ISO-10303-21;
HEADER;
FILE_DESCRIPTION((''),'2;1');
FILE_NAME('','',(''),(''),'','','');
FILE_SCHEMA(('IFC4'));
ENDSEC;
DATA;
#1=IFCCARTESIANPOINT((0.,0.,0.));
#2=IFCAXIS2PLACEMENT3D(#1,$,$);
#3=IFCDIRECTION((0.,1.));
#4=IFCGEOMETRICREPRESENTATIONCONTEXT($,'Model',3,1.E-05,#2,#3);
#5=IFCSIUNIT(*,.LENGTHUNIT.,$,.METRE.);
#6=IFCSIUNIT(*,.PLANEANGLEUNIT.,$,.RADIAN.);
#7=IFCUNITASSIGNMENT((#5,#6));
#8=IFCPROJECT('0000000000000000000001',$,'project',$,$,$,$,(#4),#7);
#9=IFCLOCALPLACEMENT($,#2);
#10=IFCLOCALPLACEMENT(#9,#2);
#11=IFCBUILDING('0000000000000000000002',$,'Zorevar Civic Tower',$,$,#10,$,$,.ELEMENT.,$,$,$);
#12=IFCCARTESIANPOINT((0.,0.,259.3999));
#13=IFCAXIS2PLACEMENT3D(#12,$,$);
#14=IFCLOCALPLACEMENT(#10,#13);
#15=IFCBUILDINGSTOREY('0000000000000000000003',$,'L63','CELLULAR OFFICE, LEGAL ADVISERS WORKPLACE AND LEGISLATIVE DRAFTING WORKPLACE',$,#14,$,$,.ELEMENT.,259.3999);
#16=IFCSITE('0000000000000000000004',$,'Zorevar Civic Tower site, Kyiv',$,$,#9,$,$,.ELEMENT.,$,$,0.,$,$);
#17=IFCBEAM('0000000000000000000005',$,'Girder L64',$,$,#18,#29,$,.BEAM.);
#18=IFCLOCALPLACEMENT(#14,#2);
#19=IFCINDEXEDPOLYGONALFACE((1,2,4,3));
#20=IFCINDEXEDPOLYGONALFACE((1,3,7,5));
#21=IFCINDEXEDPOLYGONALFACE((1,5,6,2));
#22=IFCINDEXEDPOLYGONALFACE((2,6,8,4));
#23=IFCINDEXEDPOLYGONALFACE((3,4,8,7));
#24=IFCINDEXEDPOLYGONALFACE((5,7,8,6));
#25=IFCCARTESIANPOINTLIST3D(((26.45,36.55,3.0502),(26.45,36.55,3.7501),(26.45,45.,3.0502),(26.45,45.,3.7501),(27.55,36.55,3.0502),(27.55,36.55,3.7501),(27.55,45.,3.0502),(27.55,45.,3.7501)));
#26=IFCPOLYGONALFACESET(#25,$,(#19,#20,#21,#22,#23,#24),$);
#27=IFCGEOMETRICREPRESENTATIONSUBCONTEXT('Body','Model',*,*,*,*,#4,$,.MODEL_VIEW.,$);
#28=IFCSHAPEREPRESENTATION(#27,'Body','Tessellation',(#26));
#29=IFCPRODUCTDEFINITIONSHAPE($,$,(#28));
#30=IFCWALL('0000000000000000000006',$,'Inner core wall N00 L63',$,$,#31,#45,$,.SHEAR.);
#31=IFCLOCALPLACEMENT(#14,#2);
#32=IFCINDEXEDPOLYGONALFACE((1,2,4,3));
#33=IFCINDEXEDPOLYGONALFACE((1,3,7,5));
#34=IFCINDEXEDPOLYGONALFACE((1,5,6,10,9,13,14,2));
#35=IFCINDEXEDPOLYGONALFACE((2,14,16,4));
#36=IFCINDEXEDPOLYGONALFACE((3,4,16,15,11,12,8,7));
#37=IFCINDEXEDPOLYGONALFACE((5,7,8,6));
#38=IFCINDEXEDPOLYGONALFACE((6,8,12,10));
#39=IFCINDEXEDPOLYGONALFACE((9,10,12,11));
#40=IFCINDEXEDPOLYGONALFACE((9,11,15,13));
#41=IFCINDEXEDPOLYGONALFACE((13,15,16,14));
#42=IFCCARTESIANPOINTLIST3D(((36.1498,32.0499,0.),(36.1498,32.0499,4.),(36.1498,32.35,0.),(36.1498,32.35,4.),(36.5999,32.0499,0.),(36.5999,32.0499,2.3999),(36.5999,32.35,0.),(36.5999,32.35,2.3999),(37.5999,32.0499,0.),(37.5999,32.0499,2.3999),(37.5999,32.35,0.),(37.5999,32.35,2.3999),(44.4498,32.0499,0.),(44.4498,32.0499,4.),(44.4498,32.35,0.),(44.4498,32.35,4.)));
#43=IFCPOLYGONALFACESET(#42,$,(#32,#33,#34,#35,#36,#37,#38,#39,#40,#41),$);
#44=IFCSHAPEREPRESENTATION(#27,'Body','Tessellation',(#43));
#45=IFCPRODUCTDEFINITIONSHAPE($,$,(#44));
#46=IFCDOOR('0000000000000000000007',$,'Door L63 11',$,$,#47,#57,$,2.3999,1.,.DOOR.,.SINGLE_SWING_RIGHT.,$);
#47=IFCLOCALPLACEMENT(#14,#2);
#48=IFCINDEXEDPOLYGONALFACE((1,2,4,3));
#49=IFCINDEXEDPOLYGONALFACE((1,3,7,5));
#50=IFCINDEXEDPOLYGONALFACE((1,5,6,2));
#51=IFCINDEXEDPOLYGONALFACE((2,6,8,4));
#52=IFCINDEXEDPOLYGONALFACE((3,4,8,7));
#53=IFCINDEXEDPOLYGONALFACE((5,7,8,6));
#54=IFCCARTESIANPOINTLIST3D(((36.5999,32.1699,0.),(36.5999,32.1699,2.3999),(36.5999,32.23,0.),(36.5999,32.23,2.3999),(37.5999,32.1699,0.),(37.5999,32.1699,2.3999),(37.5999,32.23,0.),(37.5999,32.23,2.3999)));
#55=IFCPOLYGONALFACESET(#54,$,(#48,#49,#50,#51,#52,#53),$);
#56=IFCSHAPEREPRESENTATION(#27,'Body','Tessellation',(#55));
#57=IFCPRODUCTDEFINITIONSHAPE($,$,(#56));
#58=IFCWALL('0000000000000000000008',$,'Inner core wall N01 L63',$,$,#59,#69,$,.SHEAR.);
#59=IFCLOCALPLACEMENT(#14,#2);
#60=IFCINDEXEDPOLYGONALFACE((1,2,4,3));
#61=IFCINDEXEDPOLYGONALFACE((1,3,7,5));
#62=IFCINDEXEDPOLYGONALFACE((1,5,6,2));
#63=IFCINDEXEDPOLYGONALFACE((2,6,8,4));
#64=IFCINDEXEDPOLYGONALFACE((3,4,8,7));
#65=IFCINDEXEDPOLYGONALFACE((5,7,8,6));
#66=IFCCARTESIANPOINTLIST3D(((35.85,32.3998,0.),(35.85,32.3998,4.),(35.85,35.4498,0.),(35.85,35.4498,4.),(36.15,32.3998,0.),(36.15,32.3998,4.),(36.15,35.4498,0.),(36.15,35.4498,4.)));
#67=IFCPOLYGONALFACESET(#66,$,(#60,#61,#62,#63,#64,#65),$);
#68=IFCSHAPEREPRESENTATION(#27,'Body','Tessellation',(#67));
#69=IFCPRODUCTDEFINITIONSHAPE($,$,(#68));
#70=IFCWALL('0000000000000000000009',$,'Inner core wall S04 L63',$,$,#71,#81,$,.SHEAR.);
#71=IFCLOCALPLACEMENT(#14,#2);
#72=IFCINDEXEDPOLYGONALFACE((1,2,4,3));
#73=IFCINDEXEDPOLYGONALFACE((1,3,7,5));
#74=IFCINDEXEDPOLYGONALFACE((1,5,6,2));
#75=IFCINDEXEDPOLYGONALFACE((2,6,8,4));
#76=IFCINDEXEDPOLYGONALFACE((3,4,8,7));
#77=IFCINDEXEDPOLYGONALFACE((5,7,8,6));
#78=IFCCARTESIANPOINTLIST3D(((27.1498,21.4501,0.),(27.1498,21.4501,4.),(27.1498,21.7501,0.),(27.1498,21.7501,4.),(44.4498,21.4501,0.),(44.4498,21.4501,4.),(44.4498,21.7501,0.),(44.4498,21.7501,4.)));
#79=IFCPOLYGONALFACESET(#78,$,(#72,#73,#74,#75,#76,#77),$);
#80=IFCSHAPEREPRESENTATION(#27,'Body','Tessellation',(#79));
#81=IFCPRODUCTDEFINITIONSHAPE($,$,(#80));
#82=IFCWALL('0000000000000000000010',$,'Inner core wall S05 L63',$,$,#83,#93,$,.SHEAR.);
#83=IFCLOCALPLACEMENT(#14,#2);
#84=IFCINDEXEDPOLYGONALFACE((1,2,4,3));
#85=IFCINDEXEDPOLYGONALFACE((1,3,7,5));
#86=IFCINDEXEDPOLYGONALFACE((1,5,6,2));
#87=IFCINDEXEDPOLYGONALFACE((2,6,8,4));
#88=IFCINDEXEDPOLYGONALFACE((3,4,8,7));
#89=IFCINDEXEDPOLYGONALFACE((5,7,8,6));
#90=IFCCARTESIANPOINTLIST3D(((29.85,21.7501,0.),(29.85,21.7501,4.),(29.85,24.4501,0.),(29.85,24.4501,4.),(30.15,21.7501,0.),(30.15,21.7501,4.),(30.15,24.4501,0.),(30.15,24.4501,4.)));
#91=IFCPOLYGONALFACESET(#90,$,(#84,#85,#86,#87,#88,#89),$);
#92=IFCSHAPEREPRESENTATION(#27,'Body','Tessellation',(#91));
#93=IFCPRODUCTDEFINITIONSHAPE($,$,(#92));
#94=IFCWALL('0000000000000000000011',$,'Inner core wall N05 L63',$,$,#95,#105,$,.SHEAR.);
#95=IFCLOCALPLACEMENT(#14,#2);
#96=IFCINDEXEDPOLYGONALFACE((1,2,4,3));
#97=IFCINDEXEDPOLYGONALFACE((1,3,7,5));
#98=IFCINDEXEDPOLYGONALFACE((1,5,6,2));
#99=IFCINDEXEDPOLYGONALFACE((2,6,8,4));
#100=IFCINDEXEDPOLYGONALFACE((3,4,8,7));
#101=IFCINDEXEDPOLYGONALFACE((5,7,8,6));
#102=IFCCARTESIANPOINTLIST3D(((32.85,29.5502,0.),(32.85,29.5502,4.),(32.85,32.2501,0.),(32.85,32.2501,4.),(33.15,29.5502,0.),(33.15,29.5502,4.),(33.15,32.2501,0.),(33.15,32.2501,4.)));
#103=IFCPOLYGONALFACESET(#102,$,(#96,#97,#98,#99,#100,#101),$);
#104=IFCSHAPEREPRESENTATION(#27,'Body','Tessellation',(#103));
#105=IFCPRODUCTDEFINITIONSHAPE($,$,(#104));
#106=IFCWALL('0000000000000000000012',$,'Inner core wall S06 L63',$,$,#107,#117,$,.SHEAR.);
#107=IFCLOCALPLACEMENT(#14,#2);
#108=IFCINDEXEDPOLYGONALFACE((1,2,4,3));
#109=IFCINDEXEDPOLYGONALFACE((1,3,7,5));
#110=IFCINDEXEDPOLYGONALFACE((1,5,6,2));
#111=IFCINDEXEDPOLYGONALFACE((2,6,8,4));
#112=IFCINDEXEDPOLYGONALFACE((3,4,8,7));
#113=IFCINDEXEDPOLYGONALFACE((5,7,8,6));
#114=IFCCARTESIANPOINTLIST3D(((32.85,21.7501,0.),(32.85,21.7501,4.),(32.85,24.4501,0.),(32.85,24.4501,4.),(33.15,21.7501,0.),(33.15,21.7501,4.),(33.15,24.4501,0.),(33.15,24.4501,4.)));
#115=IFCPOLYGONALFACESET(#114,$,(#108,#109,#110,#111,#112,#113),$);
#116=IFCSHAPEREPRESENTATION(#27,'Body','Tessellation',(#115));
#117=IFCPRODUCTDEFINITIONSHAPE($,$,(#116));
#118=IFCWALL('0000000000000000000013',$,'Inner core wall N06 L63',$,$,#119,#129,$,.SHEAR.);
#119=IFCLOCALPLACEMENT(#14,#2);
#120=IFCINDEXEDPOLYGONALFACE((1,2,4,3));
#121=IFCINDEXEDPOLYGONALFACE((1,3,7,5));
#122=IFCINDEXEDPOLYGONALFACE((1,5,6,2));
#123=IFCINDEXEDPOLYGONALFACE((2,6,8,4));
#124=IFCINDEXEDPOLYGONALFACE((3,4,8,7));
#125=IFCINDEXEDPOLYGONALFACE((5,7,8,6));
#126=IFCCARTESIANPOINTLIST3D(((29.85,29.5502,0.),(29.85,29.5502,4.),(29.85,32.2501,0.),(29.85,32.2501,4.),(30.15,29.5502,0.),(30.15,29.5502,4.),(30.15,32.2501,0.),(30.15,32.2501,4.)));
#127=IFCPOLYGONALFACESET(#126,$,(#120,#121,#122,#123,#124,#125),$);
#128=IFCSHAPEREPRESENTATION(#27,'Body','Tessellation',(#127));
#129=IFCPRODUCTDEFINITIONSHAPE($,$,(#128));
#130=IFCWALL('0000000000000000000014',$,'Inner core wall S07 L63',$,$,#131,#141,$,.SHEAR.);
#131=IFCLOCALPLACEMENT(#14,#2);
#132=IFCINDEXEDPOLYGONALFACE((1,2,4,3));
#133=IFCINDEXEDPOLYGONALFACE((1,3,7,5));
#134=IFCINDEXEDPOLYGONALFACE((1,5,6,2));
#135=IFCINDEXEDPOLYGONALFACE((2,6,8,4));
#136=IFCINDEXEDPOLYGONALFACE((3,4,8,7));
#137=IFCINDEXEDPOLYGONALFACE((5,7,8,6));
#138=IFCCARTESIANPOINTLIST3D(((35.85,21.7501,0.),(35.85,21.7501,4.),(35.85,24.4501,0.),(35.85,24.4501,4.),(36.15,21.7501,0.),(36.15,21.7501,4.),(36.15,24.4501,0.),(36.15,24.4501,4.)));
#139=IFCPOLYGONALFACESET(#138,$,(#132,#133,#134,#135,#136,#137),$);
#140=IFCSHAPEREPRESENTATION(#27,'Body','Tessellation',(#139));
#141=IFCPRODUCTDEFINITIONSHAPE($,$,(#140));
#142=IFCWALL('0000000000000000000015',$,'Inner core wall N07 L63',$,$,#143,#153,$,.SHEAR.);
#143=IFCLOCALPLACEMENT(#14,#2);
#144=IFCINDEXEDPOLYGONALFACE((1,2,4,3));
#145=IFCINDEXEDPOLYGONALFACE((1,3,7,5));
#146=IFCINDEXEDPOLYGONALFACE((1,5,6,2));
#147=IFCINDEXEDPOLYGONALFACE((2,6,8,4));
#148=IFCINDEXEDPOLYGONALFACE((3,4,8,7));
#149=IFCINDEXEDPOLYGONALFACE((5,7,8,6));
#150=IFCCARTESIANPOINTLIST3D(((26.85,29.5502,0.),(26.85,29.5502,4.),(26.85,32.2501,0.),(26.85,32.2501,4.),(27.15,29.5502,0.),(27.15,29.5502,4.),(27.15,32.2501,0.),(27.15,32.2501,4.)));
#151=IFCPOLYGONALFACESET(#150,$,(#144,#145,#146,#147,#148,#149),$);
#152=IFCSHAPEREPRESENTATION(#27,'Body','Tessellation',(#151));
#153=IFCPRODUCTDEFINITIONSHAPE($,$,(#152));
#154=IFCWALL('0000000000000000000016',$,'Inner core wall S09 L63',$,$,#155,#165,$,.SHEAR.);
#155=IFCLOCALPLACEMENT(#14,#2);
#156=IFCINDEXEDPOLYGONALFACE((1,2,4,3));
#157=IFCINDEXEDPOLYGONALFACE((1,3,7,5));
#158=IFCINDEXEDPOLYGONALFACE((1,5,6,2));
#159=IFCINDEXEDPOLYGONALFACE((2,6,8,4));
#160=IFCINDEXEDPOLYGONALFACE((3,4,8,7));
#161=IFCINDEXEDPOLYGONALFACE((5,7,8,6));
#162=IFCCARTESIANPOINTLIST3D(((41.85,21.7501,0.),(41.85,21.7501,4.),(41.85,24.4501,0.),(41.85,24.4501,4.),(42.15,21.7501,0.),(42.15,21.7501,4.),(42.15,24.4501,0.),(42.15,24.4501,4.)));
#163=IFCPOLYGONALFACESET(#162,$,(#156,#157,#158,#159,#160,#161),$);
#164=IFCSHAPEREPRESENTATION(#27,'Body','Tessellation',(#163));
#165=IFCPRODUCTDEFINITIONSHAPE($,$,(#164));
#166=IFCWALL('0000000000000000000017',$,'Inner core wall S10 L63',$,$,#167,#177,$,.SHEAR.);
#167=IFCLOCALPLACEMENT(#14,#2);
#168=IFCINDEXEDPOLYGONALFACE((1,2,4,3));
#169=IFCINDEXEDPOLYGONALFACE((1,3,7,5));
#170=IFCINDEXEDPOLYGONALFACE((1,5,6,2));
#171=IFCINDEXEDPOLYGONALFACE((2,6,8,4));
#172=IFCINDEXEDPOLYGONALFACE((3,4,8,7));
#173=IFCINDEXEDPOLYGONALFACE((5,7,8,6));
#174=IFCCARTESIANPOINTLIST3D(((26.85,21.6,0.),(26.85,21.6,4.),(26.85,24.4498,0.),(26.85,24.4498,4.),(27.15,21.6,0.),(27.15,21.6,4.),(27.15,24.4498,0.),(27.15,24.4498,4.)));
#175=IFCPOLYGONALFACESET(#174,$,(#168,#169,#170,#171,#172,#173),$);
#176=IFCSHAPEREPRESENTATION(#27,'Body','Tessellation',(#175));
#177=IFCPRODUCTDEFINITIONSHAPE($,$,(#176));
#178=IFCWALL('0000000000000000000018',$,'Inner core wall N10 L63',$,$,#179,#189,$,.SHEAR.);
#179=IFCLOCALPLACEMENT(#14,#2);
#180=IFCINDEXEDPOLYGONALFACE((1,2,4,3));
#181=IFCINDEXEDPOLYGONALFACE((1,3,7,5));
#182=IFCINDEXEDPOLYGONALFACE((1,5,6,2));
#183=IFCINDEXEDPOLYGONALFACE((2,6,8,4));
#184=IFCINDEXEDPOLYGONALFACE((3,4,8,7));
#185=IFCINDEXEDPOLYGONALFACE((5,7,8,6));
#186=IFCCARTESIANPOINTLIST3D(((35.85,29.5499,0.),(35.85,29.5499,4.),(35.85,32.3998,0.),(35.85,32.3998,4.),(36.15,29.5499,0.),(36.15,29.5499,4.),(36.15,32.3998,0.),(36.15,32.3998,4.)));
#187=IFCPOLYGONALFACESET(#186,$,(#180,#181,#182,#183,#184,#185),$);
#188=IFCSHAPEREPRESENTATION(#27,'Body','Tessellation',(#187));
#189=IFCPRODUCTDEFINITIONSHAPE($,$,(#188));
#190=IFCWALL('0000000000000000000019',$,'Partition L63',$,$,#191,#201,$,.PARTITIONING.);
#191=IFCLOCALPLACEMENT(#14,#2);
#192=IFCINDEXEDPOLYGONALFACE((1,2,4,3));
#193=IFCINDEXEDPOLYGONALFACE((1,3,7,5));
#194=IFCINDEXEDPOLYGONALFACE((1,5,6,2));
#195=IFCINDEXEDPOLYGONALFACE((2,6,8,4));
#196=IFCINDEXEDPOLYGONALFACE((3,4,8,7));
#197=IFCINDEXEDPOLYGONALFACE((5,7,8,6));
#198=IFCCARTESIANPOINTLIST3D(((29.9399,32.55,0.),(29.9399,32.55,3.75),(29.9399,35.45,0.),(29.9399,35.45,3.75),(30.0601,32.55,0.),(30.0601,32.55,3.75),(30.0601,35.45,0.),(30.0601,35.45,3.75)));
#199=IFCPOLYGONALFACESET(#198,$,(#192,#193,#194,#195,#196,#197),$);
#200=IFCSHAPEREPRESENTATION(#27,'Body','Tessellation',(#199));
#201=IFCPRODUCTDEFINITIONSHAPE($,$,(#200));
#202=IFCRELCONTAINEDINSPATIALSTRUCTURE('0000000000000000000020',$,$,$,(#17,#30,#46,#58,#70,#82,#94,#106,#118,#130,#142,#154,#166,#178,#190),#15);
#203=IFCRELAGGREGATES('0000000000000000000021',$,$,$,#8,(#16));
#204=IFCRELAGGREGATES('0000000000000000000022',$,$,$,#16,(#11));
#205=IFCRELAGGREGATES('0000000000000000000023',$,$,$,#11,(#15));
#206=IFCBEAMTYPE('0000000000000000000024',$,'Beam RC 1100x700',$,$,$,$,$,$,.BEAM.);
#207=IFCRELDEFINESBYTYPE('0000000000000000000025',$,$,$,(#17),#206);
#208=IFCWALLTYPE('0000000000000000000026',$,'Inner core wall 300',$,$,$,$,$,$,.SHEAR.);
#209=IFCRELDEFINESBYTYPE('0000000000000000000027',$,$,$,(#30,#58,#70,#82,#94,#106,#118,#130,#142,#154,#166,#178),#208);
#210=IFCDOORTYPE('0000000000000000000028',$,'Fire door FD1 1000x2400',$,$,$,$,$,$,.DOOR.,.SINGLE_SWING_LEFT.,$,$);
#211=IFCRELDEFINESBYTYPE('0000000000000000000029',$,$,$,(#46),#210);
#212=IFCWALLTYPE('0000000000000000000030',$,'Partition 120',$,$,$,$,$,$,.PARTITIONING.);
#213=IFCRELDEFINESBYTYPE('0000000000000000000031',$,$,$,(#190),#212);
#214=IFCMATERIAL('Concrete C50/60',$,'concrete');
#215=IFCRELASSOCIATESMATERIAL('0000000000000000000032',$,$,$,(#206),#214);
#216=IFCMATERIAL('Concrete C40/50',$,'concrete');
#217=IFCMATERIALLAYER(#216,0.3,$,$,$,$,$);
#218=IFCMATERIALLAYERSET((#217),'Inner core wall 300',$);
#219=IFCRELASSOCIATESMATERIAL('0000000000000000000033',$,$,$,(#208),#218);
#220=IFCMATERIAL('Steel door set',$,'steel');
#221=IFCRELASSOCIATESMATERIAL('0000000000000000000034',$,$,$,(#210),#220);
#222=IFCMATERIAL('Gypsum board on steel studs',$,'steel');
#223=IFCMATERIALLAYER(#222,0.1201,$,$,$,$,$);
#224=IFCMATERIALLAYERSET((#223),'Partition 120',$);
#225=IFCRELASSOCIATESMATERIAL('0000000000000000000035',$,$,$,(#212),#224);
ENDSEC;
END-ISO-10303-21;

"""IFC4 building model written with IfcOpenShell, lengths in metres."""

from ifc_helpers import new_model, si_unit, direction, frame, frame_2d, origin, origin_2d, place, context, subcontext, project, spatial, rectangle, extrude, material, layer, layer_set, material_profile, profile_set, type_object, element, fill, save


model = new_model("IFC4")

# Units and contexts
model_context = context("Model", 3, precision=1e-05, world=origin(), true_north=direction((0.0, 1.0)))
body_context = subcontext(model_context, "Body", "Model", "MODEL_VIEW")
ifc_project = project(units=[si_unit("LENGTHUNIT", "METRE"), si_unit("PLANEANGLEUNIT", "RADIAN")], contexts=[model_context])

# Site, building, storey
site_placement = place(None, origin())
site = spatial("IfcSite", under=ifc_project, at=site_placement, Name="Zorevar Civic Tower site, Kyiv", CompositionType="ELEMENT", RefElevation=0.0)
building_placement = place(site_placement, origin())
building = spatial("IfcBuilding", under=site, at=building_placement, Name="Zorevar Civic Tower", CompositionType="ELEMENT")
storey_placement = place(building_placement, frame((0.0, 0.0, 259.3999)))
storey = spatial("IfcBuildingStorey", under=building, at=storey_placement, Name="L63", Description="CELLULAR OFFICE, LEGAL ADVISERS WORKPLACE AND LEGISLATIVE DRAFTING WORKPLACE", CompositionType="ELEMENT", Elevation=259.3999)

# Beam
ifc_material_1 = material(Name="Concrete C50/60", Category="concrete")
ifc_material_profile = material_profile(ifc_material_1, rectangle(XDim=1.1001, YDim=0.7, at=origin_2d()), Name="RC 1100x700")
ifc_profile_set = profile_set([ifc_material_profile], Name="Concrete C50/60")
beam_type = type_object("IfcBeamType", Name="Beam RC 1100x700", PredefinedType="BEAM", material=ifc_profile_set)
beam_placement = place(storey_placement, frame((27.0, 36.55, 3.4001), z_axis=(0.0, 1.0, 0.0), x_axis=(-1.0, 0.0, 0.0)))
element("IfcBeam", 1, at=beam_placement, inside=storey, type_object=beam_type, Name="Girder L64", PredefinedType="BEAM", context=body_context, shape_type="SweptSolid", body=[
    extrude(rectangle(XDim=1.1001, YDim=0.7, at=origin_2d()), origin(), (0.0, 0.0, 1.0), 8.45),
])

# Wall, opening, door
ifc_material_2 = material(Name="Concrete C40/50", Category="concrete")
ifc_layer_1 = layer(ifc_material_2, 0.3)
ifc_layer_set_1 = layer_set([ifc_layer_1], Name="Inner core wall 300")
wall_type_1 = type_object("IfcWallType", Name="Inner core wall 300", PredefinedType="SHEAR", material=ifc_layer_set_1)
wall_1_placement = place(storey_placement, frame((36.1499, 32.2, 0.0), z_axis=(0.0, 0.0, 1.0), x_axis=(1.0, 0.0, 0.0)))
wall_1 = element("IfcWall", 2, at=wall_1_placement, inside=storey, type_object=wall_type_1, Name="Inner core wall N00 L63", PredefinedType="SHEAR", context=body_context, shape_type="SweptSolid", body=[
    extrude(rectangle(XDim=8.3, YDim=0.3, at=frame_2d((4.1499, 0.0))), origin(), (0.0, 0.0, 1.0), 4.0),
])
opening_1_placement = place(wall_1_placement, frame((0.45, 0.0, 0.0)))
opening_1 = element("IfcOpeningElement", 3, at=opening_1_placement, cuts=wall_1, PredefinedType="OPENING", context=body_context, shape_type="SweptSolid", body=[
    extrude(rectangle(XDim=1.0, YDim=2.3999, at=frame_2d((0.5, 1.2))), frame((0.0, 0.1599, 0.0), z_axis=(0.0, -1.0, 0.0), x_axis=(1.0, 0.0, 0.0)), (0.0, 0.0, 1.0), 0.3201),
])
ifc_material_3 = material(Name="Steel door set", Category="steel")
door_type_1 = type_object("IfcDoorType", Name="Fire door FD1 1000x2400", OperationType="SINGLE_SWING_LEFT", PredefinedType="DOOR", material=ifc_material_3)
door_1_placement = place(opening_1_placement, origin())
door_1 = element("IfcDoor", 4, at=door_1_placement, inside=storey, type_object=door_type_1, Name="Door L63 11", OperationType="SINGLE_SWING_RIGHT", OverallHeight=2.3999, OverallWidth=1.0, PredefinedType="DOOR", context=body_context, shape_type="SweptSolid", body=[
    extrude(rectangle(XDim=1.0, YDim=2.3999, at=frame_2d((0.5, 1.2))), frame((0.0, 0.03, 0.0), z_axis=(0.0, -1.0, 0.0), x_axis=(1.0, 0.0, 0.0)), (0.0, 0.0, 1.0), 0.0601),
])
fill(opening_1, door_1)

# Wall
wall_2_placement = place(storey_placement, frame((36.0, 32.3999, 0.0), z_axis=(0.0, 0.0, 1.0), x_axis=(0.0, 1.0, 0.0)))
element("IfcWall", 5, at=wall_2_placement, inside=storey, type_object=wall_type_1, Name="Inner core wall N01 L63", PredefinedType="SHEAR", context=body_context, shape_type="SweptSolid", body=[
    extrude(rectangle(XDim=3.05, YDim=0.3, at=frame_2d((1.5249, 0.0))), origin(), (0.0, 0.0, 1.0), 4.0),
])

# Walls
wall_3_placement = place(storey_placement, frame((27.1499, 21.6001, 0.0), z_axis=(0.0, 0.0, 1.0), x_axis=(1.0, 0.0, 0.0)))
element("IfcWall", 6, at=wall_3_placement, inside=storey, type_object=wall_type_1, Name="Inner core wall S04 L63", PredefinedType="SHEAR", context=body_context, shape_type="SweptSolid", body=[
    extrude(rectangle(XDim=17.3, YDim=0.3, at=frame_2d((8.6499, 0.0))), origin(), (0.0, 0.0, 1.0), 4.0),
])
for number, where, z_axis, x_axis, name in (
    (7, (30.0, 21.75, 0.0), (0.0, 0.0, 1.0), (0.0, 1.0, 0.0), "Inner core wall S05 L63"),
    (8, (33.0, 29.55, 0.0), (0.0, 0.0, 1.0), (0.0, 1.0, 0.0), "Inner core wall N05 L63"),
    (9, (33.0, 21.75, 0.0), (0.0, 0.0, 1.0), (0.0, 1.0, 0.0), "Inner core wall S06 L63"),
    (10, (30.0, 29.55, 0.0), (0.0, 0.0, 1.0), (0.0, 1.0, 0.0), "Inner core wall N06 L63"),
    (11, (36.0, 21.75, 0.0), (0.0, 0.0, 1.0), (0.0, 1.0, 0.0), "Inner core wall S07 L63"),
    (12, (27.0, 29.55, 0.0), (0.0, 0.0, 1.0), (0.0, 1.0, 0.0), "Inner core wall N07 L63"),
    (13, (42.0, 21.75, 0.0), (0.0, 0.0, 1.0), (0.0, 1.0, 0.0), "Inner core wall S09 L63"),
):
    element("IfcWall", number, at=place(storey_placement, frame(where, z_axis=z_axis, x_axis=x_axis)), inside=storey, type_object=wall_type_1, Name=name, PredefinedType="SHEAR", context=body_context, shape_type="SweptSolid", body=[
        extrude(rectangle(XDim=2.7, YDim=0.3, at=frame_2d((1.3501, 0.0))), origin(), (0.0, 0.0, 1.0), 4.0),
    ])
for number, where, z_axis, x_axis, name in (
    (14, (27.0, 21.6001, 0.0), (0.0, 0.0, 1.0), (0.0, 1.0, 0.0), "Inner core wall S10 L63"),
    (15, (36.0, 29.55, 0.0), (0.0, 0.0, 1.0), (0.0, 1.0, 0.0), "Inner core wall N10 L63"),
):
    element("IfcWall", number, at=place(storey_placement, frame(where, z_axis=z_axis, x_axis=x_axis)), inside=storey, type_object=wall_type_1, Name=name, PredefinedType="SHEAR", context=body_context, shape_type="SweptSolid", body=[
        extrude(rectangle(XDim=2.8499, YDim=0.3, at=frame_2d((1.4248, 0.0))), origin(), (0.0, 0.0, 1.0), 4.0),
    ])
ifc_material_4 = material(Name="Gypsum board on steel studs", Category="steel")
ifc_layer_2 = layer(ifc_material_4, 0.1201)
ifc_layer_set_2 = layer_set([ifc_layer_2], Name="Partition 120")
wall_type_2 = type_object("IfcWallType", Name="Partition 120", PredefinedType="PARTITIONING", material=ifc_layer_set_2)
wall_4_placement = place(storey_placement, frame((30.0, 32.55, 0.0), z_axis=(0.0, 0.0, 1.0), x_axis=(0.0, 1.0, 0.0)))
element("IfcWall", 16, at=wall_4_placement, inside=storey, type_object=wall_type_2, Name="Partition L63", PredefinedType="PARTITIONING", context=body_context, shape_type="SweptSolid", body=[
    extrude(rectangle(XDim=2.8999, YDim=0.1201, at=frame_2d((1.45, 0.0))), origin(), (0.0, 0.0, 1.0), 3.75),
])

save(model, "model.ifc")
